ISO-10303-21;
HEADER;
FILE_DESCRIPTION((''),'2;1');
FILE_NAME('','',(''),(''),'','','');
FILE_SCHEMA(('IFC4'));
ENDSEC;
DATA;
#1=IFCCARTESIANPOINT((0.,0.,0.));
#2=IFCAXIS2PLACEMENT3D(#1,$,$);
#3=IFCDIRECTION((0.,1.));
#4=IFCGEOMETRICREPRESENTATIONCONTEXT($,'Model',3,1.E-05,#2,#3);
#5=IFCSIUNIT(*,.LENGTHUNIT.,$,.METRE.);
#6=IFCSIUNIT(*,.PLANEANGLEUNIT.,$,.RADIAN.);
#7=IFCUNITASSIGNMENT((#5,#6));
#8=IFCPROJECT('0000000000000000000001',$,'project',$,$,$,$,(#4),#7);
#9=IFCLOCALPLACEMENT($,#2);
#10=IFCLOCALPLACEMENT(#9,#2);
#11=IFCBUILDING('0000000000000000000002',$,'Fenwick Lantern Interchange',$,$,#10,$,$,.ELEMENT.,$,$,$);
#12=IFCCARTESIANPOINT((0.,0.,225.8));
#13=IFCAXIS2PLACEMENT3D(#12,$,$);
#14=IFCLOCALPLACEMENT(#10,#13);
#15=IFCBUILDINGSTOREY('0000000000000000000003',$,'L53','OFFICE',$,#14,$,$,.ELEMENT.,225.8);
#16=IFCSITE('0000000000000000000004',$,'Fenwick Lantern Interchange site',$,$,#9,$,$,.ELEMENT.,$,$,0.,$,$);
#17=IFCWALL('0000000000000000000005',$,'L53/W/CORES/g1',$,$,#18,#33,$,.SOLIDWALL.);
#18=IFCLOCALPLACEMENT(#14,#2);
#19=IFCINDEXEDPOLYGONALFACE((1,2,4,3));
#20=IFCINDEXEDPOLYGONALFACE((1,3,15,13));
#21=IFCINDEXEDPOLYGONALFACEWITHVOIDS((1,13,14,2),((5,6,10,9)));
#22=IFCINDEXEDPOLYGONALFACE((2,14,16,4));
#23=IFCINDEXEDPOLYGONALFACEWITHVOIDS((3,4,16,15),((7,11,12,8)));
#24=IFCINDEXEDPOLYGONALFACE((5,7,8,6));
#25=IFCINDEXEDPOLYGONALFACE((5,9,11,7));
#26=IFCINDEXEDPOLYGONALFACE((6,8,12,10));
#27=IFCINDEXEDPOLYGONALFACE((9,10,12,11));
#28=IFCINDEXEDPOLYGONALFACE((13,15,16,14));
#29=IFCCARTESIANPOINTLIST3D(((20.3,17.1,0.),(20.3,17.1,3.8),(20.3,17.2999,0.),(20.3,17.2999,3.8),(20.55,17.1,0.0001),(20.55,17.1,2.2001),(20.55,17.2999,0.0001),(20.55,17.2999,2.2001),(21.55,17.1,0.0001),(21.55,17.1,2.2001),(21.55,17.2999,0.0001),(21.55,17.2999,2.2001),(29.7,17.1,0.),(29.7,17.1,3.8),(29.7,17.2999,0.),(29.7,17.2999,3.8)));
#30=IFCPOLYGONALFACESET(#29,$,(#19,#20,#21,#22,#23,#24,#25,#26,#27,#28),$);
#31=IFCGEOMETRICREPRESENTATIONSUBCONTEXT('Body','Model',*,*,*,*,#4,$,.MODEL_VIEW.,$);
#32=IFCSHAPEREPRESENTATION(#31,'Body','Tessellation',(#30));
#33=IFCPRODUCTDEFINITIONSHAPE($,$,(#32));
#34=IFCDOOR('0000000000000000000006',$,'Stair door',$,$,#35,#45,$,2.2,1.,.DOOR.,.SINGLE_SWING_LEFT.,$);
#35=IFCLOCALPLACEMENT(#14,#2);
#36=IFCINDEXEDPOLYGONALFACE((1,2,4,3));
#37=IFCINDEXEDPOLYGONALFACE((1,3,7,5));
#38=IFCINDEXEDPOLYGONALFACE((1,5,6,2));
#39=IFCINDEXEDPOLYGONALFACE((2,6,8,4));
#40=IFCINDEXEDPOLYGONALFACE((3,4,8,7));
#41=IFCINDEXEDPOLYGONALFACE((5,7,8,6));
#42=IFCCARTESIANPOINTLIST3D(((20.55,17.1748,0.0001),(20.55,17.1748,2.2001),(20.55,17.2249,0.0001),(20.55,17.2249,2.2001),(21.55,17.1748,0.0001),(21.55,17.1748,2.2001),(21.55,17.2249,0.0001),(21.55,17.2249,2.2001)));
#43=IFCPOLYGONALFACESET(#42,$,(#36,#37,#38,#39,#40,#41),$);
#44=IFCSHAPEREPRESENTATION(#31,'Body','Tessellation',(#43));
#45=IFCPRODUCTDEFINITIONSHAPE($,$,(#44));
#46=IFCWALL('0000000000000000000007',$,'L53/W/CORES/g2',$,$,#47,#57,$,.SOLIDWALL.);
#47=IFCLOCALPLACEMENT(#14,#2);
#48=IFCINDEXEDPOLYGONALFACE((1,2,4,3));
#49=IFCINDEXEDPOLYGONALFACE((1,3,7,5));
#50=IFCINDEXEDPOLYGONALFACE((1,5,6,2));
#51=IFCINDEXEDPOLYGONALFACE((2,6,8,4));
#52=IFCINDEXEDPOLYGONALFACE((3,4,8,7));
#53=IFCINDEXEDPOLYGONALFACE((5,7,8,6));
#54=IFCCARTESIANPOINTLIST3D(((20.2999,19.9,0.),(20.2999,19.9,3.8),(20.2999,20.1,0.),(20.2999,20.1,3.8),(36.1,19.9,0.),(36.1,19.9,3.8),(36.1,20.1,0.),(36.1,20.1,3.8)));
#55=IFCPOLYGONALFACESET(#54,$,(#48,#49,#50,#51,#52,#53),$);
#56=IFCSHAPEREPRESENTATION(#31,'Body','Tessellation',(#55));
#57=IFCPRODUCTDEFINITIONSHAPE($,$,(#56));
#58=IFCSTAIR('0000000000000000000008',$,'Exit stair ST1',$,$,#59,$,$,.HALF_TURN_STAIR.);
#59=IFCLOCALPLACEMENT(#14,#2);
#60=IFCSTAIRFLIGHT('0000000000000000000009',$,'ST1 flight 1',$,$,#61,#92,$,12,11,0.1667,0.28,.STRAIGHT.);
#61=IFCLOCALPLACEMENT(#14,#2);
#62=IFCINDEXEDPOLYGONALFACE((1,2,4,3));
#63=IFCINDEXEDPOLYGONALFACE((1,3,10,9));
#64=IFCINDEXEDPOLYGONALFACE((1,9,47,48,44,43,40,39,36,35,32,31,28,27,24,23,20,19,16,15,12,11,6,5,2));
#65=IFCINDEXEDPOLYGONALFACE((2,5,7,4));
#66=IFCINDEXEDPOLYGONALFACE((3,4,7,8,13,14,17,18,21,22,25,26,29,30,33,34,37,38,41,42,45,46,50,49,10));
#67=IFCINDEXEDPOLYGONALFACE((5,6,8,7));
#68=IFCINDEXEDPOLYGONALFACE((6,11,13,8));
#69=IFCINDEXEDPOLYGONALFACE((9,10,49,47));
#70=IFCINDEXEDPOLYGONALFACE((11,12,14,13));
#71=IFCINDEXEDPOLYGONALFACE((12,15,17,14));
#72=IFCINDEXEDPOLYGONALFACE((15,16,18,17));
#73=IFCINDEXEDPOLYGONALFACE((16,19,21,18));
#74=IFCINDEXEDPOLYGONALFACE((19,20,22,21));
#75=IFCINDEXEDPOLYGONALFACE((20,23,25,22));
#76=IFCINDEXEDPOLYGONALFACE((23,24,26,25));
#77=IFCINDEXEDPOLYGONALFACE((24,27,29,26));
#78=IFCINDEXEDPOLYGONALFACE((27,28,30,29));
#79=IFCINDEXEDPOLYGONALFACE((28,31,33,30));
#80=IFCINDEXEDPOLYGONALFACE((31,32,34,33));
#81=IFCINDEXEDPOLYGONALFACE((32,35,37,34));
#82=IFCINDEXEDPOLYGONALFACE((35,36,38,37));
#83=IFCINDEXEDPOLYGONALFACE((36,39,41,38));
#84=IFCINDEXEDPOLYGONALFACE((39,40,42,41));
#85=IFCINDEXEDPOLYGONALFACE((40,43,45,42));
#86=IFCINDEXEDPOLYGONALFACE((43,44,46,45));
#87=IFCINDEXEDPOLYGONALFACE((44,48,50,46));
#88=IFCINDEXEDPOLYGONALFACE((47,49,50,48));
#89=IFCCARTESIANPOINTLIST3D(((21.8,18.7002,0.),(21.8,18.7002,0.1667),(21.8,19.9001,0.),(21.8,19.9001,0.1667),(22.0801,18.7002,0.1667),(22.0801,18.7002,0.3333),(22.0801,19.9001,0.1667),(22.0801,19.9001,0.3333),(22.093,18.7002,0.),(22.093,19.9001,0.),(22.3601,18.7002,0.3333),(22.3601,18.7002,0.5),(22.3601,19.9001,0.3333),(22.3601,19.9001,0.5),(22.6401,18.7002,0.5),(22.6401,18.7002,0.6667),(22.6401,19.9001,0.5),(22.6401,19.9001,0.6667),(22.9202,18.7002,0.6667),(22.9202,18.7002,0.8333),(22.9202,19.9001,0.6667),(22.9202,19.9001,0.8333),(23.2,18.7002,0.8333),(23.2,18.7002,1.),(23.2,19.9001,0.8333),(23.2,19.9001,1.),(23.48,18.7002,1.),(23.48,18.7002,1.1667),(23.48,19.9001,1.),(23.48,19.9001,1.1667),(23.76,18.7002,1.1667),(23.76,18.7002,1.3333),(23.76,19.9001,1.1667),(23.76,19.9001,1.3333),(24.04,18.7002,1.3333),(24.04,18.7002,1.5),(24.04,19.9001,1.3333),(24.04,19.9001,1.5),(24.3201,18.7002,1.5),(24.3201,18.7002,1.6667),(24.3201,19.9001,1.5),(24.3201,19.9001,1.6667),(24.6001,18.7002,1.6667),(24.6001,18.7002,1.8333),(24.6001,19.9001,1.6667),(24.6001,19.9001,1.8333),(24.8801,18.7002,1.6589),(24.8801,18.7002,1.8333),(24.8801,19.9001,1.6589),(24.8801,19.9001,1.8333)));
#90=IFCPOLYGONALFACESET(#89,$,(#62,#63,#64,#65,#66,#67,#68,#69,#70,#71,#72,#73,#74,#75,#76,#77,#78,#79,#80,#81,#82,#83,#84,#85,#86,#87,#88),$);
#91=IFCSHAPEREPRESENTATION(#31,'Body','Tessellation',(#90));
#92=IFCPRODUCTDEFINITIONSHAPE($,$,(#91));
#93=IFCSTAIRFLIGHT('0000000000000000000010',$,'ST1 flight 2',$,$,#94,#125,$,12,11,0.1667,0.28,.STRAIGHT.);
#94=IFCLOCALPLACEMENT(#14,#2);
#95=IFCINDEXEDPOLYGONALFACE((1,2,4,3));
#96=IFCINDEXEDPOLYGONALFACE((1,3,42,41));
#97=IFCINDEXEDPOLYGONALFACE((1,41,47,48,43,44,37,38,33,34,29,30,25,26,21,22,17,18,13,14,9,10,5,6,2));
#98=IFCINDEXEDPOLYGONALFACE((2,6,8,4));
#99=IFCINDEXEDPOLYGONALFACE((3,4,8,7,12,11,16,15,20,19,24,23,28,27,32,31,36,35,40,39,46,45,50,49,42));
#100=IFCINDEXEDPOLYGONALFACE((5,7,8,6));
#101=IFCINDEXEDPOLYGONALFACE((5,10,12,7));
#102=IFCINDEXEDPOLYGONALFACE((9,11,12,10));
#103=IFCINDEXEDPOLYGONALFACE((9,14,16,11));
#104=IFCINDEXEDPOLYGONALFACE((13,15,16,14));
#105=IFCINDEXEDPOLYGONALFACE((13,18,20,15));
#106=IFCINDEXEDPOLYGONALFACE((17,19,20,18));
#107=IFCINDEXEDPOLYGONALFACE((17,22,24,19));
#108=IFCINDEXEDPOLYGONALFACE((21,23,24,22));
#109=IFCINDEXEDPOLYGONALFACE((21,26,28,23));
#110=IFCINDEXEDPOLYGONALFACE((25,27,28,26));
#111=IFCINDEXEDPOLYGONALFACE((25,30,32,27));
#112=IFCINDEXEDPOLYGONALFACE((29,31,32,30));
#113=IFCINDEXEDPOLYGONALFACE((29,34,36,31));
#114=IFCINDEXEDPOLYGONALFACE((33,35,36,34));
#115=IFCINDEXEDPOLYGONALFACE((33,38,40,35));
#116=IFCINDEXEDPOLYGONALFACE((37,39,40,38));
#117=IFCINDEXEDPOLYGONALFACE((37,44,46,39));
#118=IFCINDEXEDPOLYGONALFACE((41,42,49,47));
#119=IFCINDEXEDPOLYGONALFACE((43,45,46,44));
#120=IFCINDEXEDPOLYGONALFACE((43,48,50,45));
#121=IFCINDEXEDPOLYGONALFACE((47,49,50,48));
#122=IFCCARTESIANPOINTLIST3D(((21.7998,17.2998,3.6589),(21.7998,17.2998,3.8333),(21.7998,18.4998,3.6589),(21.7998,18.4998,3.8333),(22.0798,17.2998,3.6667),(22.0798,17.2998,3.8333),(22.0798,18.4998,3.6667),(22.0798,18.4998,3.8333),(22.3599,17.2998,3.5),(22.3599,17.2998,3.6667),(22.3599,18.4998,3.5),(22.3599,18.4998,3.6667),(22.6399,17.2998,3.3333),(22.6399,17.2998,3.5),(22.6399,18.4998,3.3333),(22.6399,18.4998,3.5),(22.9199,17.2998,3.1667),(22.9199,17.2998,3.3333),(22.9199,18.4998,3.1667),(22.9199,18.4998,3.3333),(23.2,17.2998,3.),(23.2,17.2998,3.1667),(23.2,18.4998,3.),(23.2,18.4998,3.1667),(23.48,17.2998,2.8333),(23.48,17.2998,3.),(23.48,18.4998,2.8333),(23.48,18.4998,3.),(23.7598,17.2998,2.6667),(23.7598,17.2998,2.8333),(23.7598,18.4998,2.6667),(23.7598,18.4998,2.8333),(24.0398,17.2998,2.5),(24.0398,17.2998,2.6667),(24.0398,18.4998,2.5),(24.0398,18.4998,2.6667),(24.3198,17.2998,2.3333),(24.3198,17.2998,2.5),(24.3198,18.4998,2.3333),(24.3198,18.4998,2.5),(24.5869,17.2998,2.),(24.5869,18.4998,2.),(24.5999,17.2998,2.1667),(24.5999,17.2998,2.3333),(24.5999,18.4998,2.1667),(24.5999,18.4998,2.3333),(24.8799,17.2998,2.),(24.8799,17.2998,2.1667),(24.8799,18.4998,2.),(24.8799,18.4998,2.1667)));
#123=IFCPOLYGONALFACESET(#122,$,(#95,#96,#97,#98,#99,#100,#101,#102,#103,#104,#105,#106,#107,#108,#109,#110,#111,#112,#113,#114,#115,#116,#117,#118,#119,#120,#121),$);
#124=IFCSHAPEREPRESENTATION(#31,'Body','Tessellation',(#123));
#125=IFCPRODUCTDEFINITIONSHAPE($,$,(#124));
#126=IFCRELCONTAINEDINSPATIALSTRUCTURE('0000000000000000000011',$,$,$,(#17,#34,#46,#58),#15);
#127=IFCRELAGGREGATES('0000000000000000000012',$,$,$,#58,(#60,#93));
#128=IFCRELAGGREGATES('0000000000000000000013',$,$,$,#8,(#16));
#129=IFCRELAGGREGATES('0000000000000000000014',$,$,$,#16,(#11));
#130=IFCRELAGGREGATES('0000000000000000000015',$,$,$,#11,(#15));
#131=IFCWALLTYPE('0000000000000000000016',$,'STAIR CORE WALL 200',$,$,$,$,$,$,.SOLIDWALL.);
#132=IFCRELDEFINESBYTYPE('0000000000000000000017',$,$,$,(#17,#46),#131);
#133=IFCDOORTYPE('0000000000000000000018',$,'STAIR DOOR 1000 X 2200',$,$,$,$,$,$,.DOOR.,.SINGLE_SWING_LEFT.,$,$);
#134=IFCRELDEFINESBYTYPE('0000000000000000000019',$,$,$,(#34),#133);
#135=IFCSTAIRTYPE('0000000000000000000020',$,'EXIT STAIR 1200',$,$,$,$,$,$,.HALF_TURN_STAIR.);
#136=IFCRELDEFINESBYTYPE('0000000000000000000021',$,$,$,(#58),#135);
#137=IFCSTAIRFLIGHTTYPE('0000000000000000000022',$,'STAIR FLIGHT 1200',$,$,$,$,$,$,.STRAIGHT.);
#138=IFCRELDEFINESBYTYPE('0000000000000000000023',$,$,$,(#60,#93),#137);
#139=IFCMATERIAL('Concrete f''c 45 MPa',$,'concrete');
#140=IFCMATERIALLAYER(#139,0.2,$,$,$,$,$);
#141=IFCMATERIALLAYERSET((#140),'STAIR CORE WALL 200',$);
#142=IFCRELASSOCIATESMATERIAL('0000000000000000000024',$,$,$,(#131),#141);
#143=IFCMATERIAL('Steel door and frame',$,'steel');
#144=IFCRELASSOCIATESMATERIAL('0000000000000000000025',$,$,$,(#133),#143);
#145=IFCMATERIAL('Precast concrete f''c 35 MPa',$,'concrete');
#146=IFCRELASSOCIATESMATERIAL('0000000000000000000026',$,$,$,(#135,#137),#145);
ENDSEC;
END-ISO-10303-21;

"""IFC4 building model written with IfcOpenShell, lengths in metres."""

from ifc_helpers import new_model, si_unit, direction, frame, frame_2d, origin, place, context, subcontext, project, spatial, polyline, rectangle, outline, extrude, material, layer, layer_set, type_object, element, fill, aggregate, save


model = new_model("IFC4")

# Units and contexts
model_context = context("Model", 3, precision=1e-05, world=origin(), true_north=direction((0.0, 1.0)))
body_context = subcontext(model_context, "Body", "Model", "MODEL_VIEW")
ifc_project = project(units=[si_unit("LENGTHUNIT", "METRE"), si_unit("PLANEANGLEUNIT", "RADIAN")], contexts=[model_context])

# Site, building, storey
site_placement = place(None, origin())
site = spatial("IfcSite", under=ifc_project, at=site_placement, Name="Fenwick Lantern Interchange site", CompositionType="ELEMENT", RefElevation=0.0)
building_placement = place(site_placement, origin())
building = spatial("IfcBuilding", under=site, at=building_placement, Name="Fenwick Lantern Interchange", CompositionType="ELEMENT")
storey_placement = place(building_placement, frame((0.0, 0.0, 225.8)))
storey = spatial("IfcBuildingStorey", under=building, at=storey_placement, Name="L53", Description="OFFICE", CompositionType="ELEMENT", Elevation=225.8)

# Shared definitions
ifc_material_1 = material(Name="Steel door and frame", Category="steel")

# Shared definitions
ifc_material_2 = material(Name="Concrete f'c 45 MPa", Category="concrete")
ifc_layer_1 = layer(ifc_material_2, 0.2)
ifc_layer_set_1 = layer_set([ifc_layer_1], Name="STAIR CORE WALL 200")
wall_type_1 = type_object("IfcWallType", Name="STAIR CORE WALL 200", PredefinedType="SOLIDWALL", material=ifc_layer_set_1)

# Wall, opening, door
wall_1_placement = place(storey_placement, frame((20.3, 17.2, 0.0), z_axis=(0.0, 0.0, 1.0), x_axis=(1.0, 0.0, 0.0)))
wall_1 = element("IfcWall", 1, at=wall_1_placement, inside=storey, type_object=wall_type_1, Name="L53/W/CORES/g1", PredefinedType="SOLIDWALL", context=body_context, shape_type="SweptSolid", body=[
    extrude(rectangle(XDim=9.3999, YDim=0.2, at=frame_2d((4.7, 0.0))), origin(), (0.0, 0.0, 1.0), 3.8),
])
opening_1_placement = place(wall_1_placement, frame((0.25, 0.0, 0.0)))
opening_1 = element("IfcOpeningElement", 2, at=opening_1_placement, cuts=wall_1, PredefinedType="OPENING", context=body_context, shape_type="SweptSolid", body=[
    extrude(rectangle(XDim=1.0, YDim=2.2, at=frame_2d((0.5, 1.1001))), frame((0.0, 0.1099, 0.0), z_axis=(0.0, -1.0, 0.0), x_axis=(1.0, 0.0, 0.0)), (0.0, 0.0, 1.0), 0.22),
])
door_type_1 = type_object("IfcDoorType", Name="STAIR DOOR 1000 X 2200", OperationType="SINGLE_SWING_LEFT", PredefinedType="DOOR", material=ifc_material_1)
door_1_placement = place(opening_1_placement, origin())
door_1 = element("IfcDoor", 3, at=door_1_placement, inside=storey, type_object=door_type_1, Name="Stair door", OperationType="SINGLE_SWING_LEFT", OverallHeight=2.2, OverallWidth=1.0, PredefinedType="DOOR", context=body_context, shape_type="SweptSolid", body=[
    extrude(rectangle(XDim=1.0, YDim=2.2, at=frame_2d((0.5, 1.1001))), frame((0.0, 0.0249, 0.0), z_axis=(0.0, -1.0, 0.0), x_axis=(1.0, 0.0, 0.0)), (0.0, 0.0, 1.0), 0.05),
])
fill(opening_1, door_1)

# Wall
wall_2_placement = place(storey_placement, frame((20.3, 20.0, 0.0), z_axis=(0.0, 0.0, 1.0), x_axis=(1.0, 0.0, 0.0)))
element("IfcWall", 4, at=wall_2_placement, inside=storey, type_object=wall_type_1, Name="L53/W/CORES/g2", PredefinedType="SOLIDWALL", context=body_context, shape_type="SweptSolid", body=[
    extrude(rectangle(XDim=15.8, YDim=0.2, at=frame_2d((7.8999, 0.0))), origin(), (0.0, 0.0, 1.0), 3.8),
])

# Stair, stair flights
ifc_material_3 = material(Name="Precast concrete f'c 35 MPa", Category="concrete")
stair_type = type_object("IfcStairType", Name="EXIT STAIR 1200", PredefinedType="HALF_TURN_STAIR", material=ifc_material_3)
stair_placement = place(storey_placement, origin())
stair = element("IfcStair", 5, at=stair_placement, inside=storey, type_object=stair_type, Name="Exit stair ST1", PredefinedType="HALF_TURN_STAIR")
stair_flight_type = type_object("IfcStairFlightType", Name="STAIR FLIGHT 1200", PredefinedType="STRAIGHT", material=ifc_material_3)
stair_flight_1_placement = place(storey_placement, frame((21.8, 19.3, 0.0), z_axis=(0.0, 0.0, 1.0), x_axis=(1.0, 0.0, 0.0)))
stair_flight_1 = element("IfcStairFlight", 6, at=stair_flight_1_placement, type_object=stair_flight_type, Name="ST1 flight 1", NumberOfRisers=12, NumberOfTreads=11, PredefinedType="STRAIGHT", RiserHeight=0.1667, TreadLength=0.28, context=body_context, shape_type="SweptSolid", body=[
    extrude(outline(polyline([(0.0, 0.0), (0.0, 0.1667), (0.28, 0.1667), (0.28, 0.3333), (0.5601, 0.3333), (0.5601, 0.5), (0.8401, 0.5), (0.8401, 0.6667), (1.1201, 0.6667), (1.1201, 0.8333), (1.3999, 0.8333), (1.3999, 1.0), (1.6799, 1.0), (1.6799, 1.1667), (1.96, 1.1667), (1.96, 1.3333), (2.24, 1.3333), (2.24, 1.5), (2.52, 1.5), (2.52, 1.6667), (2.8, 1.6667), (2.8, 1.8333), (3.0801, 1.8333), (3.0801, 2.0), (3.0801, 1.6589), (0.293, 0.0), (0.0, 0.0)])), frame((0.0, 0.6001, 0.0), z_axis=(0.0, -1.0, 0.0), x_axis=(1.0, 0.0, 0.0)), (0.0, 0.0, 1.0), 1.2),
])
stair_flight_2_placement = place(storey_placement, frame((24.8799, 17.8999, 2.0), z_axis=(0.0, 0.0, 1.0), x_axis=(-1.0, 0.0, 0.0)))
stair_flight_2 = element("IfcStairFlight", 7, at=stair_flight_2_placement, type_object=stair_flight_type, Name="ST1 flight 2", NumberOfRisers=12, NumberOfTreads=11, PredefinedType="STRAIGHT", RiserHeight=0.1667, TreadLength=0.28, context=body_context, shape_type="SweptSolid", body=[
    extrude(outline(polyline([(0.0, 0.0), (0.0, 0.1667), (0.28, 0.1667), (0.28, 0.3333), (0.5601, 0.3333), (0.5601, 0.5), (0.8401, 0.5), (0.8401, 0.6667), (1.1201, 0.6667), (1.1201, 0.8333), (1.3999, 0.8333), (1.3999, 1.0), (1.6799, 1.0), (1.6799, 1.1667), (1.96, 1.1667), (1.96, 1.3333), (2.24, 1.3333), (2.24, 1.5), (2.52, 1.5), (2.52, 1.6667), (2.8, 1.6667), (2.8, 1.8333), (3.0801, 1.8333), (3.0801, 2.0), (3.0801, 1.6589), (0.293, 0.0), (0.0, 0.0)])), frame((0.0, 0.6001, 0.0), z_axis=(0.0, -1.0, 0.0), x_axis=(1.0, 0.0, 0.0)), (0.0, 0.0, 1.0), 1.2),
])
aggregate(stair, [stair_flight_1, stair_flight_2])

save(model, "model.ifc")
